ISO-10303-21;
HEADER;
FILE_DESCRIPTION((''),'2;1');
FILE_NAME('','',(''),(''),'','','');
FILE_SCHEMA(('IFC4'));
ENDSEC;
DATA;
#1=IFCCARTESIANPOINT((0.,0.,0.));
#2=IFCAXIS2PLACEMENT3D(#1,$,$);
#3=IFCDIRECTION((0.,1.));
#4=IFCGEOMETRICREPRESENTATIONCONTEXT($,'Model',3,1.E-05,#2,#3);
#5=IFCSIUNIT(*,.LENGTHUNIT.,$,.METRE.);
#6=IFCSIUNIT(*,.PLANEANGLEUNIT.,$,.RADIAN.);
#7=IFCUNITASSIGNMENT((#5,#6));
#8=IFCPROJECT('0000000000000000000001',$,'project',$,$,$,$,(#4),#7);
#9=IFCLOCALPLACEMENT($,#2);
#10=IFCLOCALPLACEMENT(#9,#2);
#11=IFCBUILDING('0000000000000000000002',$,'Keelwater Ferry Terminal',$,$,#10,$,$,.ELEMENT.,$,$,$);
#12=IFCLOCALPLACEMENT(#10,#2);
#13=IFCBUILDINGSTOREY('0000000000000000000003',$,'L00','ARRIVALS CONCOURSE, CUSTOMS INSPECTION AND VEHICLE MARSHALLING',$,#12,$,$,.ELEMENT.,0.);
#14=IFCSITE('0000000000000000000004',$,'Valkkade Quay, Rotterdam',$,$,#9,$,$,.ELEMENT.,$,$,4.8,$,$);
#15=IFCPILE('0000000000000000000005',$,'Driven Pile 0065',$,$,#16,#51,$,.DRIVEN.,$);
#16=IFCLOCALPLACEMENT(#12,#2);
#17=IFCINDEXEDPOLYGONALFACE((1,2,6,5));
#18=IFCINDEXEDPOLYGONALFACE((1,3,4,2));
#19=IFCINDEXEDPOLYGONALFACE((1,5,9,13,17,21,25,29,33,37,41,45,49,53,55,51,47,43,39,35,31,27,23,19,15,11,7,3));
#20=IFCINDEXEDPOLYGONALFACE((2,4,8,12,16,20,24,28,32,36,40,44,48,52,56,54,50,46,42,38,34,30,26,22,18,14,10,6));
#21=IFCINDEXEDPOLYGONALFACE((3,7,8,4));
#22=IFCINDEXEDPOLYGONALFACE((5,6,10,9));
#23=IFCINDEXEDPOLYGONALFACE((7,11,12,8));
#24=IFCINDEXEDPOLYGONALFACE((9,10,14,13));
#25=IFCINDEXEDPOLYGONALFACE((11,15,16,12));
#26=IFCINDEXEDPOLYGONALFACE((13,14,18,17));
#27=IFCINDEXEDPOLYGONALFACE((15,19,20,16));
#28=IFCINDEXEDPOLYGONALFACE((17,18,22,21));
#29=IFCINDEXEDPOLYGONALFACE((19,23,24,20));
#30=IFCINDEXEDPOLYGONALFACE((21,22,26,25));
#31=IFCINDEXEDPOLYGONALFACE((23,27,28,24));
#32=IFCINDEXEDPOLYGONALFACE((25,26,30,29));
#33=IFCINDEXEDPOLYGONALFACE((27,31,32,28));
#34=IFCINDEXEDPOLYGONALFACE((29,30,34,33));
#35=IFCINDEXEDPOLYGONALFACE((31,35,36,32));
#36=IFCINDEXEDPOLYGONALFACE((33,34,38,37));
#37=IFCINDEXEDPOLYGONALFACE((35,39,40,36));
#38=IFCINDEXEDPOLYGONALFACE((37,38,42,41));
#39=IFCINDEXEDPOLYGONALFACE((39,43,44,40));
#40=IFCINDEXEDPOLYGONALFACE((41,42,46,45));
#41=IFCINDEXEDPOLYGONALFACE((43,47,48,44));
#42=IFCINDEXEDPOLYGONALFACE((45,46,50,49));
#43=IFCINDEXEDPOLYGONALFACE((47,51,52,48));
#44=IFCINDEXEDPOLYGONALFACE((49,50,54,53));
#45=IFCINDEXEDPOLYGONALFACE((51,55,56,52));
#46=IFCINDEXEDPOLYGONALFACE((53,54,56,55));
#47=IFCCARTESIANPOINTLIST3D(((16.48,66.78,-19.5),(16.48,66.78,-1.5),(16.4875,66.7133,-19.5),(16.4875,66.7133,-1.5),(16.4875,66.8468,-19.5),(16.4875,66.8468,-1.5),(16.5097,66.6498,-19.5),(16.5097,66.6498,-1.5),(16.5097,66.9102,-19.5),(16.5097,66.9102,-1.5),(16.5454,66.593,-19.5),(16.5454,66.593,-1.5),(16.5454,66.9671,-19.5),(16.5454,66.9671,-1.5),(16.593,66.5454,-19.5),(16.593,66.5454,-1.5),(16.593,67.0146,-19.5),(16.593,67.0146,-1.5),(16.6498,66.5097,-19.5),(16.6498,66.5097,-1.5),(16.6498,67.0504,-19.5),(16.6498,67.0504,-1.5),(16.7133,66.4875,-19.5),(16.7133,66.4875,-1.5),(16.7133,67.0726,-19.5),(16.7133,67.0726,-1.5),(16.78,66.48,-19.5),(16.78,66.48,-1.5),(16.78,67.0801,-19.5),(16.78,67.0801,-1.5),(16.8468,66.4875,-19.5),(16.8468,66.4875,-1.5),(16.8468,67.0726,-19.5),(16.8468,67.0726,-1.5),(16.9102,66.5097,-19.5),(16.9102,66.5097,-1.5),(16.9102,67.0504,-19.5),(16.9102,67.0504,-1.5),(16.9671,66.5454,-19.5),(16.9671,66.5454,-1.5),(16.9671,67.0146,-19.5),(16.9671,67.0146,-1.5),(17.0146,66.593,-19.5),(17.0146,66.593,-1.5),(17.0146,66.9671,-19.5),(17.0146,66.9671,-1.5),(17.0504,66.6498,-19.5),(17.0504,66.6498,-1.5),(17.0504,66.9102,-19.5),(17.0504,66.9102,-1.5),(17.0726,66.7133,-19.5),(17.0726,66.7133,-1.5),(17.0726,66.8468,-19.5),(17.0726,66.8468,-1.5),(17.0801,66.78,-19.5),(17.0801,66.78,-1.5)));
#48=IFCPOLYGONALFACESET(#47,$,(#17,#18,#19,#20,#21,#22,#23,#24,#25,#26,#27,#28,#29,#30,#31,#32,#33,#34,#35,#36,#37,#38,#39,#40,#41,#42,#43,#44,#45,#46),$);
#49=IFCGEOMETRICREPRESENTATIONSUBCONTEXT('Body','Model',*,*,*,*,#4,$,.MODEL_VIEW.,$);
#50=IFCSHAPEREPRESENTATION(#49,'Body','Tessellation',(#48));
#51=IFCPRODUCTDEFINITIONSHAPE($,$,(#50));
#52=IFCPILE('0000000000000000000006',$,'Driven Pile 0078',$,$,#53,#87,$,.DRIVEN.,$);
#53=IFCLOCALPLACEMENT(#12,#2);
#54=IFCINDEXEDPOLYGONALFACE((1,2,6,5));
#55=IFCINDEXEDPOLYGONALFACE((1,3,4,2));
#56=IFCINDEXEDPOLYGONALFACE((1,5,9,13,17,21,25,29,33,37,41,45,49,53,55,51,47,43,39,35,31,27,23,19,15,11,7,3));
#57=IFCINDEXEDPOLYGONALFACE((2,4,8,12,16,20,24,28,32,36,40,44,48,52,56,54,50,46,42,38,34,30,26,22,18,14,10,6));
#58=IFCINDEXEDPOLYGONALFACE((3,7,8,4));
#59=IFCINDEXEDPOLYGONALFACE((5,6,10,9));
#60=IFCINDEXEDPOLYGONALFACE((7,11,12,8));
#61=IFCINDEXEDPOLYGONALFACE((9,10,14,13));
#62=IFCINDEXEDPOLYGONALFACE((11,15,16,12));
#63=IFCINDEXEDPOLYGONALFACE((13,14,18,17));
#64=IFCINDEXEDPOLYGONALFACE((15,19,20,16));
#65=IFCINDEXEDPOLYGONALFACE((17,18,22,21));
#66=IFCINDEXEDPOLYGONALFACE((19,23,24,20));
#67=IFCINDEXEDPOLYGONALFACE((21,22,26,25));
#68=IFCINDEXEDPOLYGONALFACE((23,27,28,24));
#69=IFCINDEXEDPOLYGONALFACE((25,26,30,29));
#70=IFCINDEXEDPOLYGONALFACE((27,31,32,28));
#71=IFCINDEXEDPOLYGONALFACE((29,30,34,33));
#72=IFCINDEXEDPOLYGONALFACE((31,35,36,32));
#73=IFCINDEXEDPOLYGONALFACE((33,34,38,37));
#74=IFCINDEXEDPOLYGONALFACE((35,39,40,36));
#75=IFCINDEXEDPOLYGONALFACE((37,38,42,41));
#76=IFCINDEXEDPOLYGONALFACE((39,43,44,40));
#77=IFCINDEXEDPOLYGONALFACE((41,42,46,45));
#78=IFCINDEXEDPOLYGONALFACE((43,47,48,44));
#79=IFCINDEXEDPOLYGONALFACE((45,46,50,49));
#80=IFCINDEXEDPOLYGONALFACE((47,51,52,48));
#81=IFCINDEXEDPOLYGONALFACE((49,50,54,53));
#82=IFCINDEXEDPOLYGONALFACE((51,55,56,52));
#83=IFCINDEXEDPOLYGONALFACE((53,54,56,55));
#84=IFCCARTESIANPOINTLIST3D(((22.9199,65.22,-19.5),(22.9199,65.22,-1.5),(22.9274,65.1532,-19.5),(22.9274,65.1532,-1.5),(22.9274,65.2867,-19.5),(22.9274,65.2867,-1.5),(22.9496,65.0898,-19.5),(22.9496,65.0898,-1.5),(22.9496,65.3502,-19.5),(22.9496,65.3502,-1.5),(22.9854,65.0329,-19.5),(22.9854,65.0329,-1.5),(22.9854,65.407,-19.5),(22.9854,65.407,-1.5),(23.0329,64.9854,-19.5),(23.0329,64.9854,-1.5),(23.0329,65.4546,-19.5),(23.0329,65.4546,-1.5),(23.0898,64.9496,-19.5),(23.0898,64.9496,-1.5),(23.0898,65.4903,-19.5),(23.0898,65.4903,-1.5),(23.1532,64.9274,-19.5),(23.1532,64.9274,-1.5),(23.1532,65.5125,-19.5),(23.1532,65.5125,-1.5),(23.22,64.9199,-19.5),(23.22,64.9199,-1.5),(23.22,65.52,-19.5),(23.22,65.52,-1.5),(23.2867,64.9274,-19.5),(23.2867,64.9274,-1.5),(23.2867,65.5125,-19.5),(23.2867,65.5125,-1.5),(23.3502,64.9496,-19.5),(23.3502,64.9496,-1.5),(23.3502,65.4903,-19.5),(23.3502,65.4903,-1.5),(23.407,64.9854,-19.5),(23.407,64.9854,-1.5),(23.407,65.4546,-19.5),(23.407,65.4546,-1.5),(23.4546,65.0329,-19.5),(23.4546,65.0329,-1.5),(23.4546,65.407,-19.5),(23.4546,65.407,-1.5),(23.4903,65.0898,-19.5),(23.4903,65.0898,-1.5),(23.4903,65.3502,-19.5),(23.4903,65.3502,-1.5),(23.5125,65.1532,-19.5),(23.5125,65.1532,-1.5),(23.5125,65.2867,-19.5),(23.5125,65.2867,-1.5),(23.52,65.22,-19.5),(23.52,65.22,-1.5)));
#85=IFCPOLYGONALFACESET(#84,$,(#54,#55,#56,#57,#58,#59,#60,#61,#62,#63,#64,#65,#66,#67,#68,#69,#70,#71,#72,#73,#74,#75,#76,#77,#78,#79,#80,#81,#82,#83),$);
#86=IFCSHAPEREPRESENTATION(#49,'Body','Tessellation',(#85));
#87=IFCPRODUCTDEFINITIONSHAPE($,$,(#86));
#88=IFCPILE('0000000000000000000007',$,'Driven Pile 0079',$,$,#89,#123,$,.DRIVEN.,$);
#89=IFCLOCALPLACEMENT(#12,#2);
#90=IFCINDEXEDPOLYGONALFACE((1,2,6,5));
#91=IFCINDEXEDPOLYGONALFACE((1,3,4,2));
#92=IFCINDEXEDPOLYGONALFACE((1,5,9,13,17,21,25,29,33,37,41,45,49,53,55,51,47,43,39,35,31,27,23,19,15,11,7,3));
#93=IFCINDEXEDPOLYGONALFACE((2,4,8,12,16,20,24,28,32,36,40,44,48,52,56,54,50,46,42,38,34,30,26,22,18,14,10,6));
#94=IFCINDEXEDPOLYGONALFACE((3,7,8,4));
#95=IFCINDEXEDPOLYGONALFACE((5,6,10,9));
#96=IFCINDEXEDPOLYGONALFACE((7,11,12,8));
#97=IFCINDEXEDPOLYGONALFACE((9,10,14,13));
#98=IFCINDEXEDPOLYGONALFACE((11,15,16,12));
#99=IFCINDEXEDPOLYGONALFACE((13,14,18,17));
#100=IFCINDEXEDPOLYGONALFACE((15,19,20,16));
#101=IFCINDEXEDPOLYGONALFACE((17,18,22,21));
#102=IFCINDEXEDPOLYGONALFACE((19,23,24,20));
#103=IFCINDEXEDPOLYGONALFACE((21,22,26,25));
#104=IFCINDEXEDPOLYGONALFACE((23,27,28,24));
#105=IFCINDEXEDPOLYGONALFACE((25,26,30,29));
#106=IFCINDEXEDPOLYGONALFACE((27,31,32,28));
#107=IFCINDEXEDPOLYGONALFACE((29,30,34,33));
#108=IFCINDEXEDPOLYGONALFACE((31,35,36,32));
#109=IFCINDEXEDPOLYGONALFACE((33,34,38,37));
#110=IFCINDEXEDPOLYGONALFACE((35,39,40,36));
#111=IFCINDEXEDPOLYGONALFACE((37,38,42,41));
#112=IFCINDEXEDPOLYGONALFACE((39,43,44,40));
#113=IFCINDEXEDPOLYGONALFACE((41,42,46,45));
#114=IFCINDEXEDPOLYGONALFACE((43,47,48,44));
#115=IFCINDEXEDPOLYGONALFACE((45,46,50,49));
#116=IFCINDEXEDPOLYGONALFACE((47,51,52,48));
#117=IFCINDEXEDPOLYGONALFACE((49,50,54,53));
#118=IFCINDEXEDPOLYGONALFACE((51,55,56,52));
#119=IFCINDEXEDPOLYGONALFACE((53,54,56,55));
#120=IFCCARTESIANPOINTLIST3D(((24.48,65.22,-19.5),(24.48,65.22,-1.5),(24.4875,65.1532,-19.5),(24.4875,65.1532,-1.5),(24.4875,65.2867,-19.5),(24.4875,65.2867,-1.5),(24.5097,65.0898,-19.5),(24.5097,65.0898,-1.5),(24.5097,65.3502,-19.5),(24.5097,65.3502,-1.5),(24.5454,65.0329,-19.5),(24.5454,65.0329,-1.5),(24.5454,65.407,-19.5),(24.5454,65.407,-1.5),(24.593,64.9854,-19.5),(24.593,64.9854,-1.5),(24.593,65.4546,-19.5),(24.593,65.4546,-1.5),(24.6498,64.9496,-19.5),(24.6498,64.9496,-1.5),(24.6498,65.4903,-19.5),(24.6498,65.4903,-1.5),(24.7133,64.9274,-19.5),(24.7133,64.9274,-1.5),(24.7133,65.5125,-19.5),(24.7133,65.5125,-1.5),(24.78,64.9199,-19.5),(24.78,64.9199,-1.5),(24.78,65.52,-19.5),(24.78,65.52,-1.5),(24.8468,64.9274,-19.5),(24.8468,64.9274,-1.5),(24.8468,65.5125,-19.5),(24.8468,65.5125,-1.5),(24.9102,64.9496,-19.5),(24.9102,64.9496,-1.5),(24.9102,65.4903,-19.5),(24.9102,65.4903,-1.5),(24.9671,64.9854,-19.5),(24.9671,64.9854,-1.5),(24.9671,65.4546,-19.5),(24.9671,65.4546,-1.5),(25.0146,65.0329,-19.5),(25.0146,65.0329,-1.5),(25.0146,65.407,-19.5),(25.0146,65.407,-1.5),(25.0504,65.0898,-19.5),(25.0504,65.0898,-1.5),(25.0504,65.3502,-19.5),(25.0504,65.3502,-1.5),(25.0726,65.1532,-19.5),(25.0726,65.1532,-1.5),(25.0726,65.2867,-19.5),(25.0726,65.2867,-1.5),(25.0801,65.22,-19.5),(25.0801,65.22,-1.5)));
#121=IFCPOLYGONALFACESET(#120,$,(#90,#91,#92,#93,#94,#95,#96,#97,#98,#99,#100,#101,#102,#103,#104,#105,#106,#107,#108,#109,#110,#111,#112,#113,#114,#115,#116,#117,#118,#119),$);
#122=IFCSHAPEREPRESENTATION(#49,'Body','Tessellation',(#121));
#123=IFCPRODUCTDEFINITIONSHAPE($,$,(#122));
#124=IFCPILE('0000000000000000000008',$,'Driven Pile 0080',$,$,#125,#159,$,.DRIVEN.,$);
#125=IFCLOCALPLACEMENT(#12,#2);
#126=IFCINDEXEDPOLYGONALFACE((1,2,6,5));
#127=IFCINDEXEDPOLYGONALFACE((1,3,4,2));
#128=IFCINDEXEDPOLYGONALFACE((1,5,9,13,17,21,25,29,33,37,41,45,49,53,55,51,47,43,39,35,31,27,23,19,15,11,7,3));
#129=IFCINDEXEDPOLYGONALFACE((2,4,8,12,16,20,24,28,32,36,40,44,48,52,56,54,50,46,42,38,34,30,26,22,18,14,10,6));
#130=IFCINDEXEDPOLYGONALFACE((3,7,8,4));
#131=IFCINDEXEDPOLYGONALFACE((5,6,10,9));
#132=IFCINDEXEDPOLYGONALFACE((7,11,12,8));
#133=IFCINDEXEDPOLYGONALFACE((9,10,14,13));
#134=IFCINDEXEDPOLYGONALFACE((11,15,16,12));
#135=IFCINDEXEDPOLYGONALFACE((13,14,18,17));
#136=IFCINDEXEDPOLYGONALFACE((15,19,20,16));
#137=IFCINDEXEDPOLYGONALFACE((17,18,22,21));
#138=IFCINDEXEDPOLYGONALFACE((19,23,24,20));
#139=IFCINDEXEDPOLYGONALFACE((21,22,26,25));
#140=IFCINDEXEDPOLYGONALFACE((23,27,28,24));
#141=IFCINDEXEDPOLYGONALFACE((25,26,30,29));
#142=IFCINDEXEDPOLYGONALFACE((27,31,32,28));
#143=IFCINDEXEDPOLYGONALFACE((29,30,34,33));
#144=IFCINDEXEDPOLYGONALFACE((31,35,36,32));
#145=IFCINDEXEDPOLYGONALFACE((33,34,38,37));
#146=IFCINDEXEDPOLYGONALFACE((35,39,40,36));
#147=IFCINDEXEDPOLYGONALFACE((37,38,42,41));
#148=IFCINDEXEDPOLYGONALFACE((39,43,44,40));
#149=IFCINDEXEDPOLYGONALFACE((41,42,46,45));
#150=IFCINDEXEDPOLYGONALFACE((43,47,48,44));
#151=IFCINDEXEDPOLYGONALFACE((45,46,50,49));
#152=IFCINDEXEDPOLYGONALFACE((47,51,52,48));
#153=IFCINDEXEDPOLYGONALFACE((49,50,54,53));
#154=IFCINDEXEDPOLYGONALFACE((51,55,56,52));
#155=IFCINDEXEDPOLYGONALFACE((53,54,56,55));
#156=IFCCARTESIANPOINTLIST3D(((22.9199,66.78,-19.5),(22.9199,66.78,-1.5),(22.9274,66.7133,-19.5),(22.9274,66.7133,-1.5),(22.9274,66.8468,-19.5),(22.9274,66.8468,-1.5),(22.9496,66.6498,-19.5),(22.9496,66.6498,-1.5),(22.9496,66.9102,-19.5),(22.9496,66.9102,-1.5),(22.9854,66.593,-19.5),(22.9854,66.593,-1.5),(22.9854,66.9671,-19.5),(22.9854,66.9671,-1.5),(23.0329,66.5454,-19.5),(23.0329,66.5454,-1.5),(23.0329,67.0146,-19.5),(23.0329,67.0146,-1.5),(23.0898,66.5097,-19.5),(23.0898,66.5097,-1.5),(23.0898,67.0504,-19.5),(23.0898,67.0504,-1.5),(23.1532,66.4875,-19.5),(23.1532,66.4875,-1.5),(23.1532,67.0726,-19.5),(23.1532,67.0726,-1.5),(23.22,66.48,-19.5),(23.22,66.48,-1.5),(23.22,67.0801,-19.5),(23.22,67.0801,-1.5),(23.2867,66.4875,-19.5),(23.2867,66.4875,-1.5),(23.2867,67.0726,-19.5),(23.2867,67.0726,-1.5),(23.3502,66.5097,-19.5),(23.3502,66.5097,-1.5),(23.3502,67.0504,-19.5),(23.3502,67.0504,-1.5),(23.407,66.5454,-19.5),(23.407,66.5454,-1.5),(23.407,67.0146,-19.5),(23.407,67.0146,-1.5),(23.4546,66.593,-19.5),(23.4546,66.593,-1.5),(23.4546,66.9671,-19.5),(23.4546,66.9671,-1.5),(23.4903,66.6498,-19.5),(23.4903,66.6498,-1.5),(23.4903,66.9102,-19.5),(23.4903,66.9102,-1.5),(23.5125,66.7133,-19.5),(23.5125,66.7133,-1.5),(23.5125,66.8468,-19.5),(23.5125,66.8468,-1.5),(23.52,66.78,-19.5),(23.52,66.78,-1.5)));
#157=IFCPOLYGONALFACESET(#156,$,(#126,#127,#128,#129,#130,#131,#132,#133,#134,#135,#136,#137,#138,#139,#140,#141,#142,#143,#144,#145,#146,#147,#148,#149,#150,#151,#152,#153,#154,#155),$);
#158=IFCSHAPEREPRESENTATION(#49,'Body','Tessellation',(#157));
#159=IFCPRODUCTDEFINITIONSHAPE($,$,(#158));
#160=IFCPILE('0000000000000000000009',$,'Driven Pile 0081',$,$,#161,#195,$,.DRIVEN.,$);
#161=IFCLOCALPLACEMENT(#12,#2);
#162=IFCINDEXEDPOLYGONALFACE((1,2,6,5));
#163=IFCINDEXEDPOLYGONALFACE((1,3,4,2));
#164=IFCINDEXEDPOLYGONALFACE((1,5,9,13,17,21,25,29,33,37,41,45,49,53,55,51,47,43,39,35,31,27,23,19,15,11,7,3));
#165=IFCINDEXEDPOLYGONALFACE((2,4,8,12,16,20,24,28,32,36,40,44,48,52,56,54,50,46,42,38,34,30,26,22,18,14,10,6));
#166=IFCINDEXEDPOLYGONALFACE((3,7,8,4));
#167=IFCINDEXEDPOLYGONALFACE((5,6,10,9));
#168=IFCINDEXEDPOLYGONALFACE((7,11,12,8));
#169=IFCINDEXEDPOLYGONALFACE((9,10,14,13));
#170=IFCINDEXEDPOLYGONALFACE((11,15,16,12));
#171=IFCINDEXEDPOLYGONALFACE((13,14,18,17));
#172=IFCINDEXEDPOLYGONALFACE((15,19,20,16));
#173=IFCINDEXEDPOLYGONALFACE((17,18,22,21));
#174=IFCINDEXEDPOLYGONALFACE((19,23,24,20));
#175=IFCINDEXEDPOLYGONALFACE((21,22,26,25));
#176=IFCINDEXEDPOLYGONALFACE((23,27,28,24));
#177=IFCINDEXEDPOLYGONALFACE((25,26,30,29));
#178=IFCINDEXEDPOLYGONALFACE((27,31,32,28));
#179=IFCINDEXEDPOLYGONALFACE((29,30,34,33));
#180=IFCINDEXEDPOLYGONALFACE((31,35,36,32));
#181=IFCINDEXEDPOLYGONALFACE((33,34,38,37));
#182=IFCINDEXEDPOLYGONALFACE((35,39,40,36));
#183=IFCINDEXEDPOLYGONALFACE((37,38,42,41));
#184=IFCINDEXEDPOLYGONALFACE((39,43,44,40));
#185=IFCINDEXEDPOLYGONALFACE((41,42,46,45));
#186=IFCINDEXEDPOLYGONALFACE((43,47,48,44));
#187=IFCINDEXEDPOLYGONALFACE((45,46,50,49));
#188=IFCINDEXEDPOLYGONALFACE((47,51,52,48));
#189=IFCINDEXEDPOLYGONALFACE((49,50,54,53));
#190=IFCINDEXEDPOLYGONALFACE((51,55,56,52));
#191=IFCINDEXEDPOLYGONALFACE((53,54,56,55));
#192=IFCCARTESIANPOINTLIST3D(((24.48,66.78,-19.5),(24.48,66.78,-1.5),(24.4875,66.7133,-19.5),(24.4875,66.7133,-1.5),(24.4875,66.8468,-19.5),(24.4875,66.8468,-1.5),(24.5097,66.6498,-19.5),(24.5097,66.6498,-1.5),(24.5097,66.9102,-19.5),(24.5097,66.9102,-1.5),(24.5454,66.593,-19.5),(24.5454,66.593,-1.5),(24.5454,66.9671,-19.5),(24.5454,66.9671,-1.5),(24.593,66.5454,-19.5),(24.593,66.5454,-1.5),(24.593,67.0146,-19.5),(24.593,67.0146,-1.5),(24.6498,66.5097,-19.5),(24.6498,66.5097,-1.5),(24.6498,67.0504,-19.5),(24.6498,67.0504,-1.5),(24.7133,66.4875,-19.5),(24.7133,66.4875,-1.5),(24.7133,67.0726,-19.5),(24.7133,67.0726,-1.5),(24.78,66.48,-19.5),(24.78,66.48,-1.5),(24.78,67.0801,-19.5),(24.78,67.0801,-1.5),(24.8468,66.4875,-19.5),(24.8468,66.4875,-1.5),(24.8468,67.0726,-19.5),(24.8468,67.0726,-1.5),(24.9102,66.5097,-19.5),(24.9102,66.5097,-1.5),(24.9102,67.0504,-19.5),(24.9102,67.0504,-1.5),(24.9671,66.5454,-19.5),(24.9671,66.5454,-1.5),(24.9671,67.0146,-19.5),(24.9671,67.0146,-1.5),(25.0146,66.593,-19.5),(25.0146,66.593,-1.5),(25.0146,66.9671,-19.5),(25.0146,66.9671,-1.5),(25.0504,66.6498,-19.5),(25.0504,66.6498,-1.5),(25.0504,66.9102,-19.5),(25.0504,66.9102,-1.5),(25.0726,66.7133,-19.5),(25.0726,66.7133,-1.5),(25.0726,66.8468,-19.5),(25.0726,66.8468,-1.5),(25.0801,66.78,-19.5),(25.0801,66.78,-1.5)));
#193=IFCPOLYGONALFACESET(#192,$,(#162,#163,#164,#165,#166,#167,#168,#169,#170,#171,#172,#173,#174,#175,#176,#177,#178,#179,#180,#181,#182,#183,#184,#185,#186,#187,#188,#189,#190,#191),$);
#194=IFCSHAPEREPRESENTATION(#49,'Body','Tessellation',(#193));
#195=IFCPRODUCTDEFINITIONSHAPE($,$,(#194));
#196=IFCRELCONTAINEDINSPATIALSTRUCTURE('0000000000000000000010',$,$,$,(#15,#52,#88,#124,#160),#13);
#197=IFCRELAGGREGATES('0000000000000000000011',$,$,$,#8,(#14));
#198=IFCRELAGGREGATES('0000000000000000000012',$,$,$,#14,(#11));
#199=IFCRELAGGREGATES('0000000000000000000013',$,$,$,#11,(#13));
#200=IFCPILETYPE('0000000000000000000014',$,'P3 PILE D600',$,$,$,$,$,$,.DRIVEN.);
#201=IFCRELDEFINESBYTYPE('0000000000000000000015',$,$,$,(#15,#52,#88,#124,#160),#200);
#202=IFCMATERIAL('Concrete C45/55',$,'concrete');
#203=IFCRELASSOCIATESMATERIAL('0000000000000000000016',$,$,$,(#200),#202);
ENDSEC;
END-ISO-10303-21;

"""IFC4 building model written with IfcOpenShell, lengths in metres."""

from ifc_helpers import new_model, si_unit, direction, frame, origin, origin_2d, place, context, subcontext, project, spatial, circle, extrude, material, material_profile, profile_set, type_object, element, save


model = new_model("IFC4")

# Units and contexts
model_context = context("Model", 3, precision=1e-05, world=origin(), true_north=direction((0.0, 1.0)))
body_context = subcontext(model_context, "Body", "Model", "MODEL_VIEW")
ifc_project = project(units=[si_unit("LENGTHUNIT", "METRE"), si_unit("PLANEANGLEUNIT", "RADIAN")], contexts=[model_context])

# Site, building, storey
site_placement = place(None, origin())
site = spatial("IfcSite", under=ifc_project, at=site_placement, Name="Valkkade Quay, Rotterdam", CompositionType="ELEMENT", RefElevation=4.8)
building_placement = place(site_placement, origin())
building = spatial("IfcBuilding", under=site, at=building_placement, Name="Keelwater Ferry Terminal", CompositionType="ELEMENT")
storey_placement = place(building_placement, origin())
storey = spatial("IfcBuildingStorey", under=building, at=storey_placement, Name="L00", Description="ARRIVALS CONCOURSE, CUSTOMS INSPECTION AND VEHICLE MARSHALLING", CompositionType="ELEMENT", Elevation=0.0)

# Piles
ifc_material_1 = material(Name="Concrete C45/55", Category="concrete")
ifc_material_profile_1 = material_profile(ifc_material_1, circle(Radius=0.3, at=origin_2d()), Name="PILE D600")
ifc_profile_set_1 = profile_set([ifc_material_profile_1], Name="Concrete C45/55")
pile_type = type_object("IfcPileType", Name="P3 PILE D600", PredefinedType="DRIVEN", material=ifc_profile_set_1)
for number, where, z_axis, x_axis, name in (
    (1, (16.78, 66.78, -1.5), (0.0, 0.0, -1.0), (1.0, 0.0, 0.0), "Driven Pile 0065"),
    (2, (23.22, 65.22, -1.5), (0.0, 0.0, -1.0), (1.0, 0.0, 0.0), "Driven Pile 0078"),
    (3, (24.78, 65.22, -1.5), (0.0, 0.0, -1.0), (1.0, 0.0, 0.0), "Driven Pile 0079"),
    (4, (23.22, 66.78, -1.5), (0.0, 0.0, -1.0), (1.0, 0.0, 0.0), "Driven Pile 0080"),
    (5, (24.78, 66.78, -1.5), (0.0, 0.0, -1.0), (1.0, 0.0, 0.0), "Driven Pile 0081"),
):
    element("IfcPile", number, at=place(storey_placement, frame(where, z_axis=z_axis, x_axis=x_axis)), inside=storey, type_object=pile_type, Name=name, PredefinedType="DRIVEN", context=body_context, shape_type="SweptSolid", body=[
        extrude(circle(Radius=0.3, at=origin_2d()), origin(), (0.0, 0.0, 1.0), 18.0),
    ])

save(model, "model.ifc")
